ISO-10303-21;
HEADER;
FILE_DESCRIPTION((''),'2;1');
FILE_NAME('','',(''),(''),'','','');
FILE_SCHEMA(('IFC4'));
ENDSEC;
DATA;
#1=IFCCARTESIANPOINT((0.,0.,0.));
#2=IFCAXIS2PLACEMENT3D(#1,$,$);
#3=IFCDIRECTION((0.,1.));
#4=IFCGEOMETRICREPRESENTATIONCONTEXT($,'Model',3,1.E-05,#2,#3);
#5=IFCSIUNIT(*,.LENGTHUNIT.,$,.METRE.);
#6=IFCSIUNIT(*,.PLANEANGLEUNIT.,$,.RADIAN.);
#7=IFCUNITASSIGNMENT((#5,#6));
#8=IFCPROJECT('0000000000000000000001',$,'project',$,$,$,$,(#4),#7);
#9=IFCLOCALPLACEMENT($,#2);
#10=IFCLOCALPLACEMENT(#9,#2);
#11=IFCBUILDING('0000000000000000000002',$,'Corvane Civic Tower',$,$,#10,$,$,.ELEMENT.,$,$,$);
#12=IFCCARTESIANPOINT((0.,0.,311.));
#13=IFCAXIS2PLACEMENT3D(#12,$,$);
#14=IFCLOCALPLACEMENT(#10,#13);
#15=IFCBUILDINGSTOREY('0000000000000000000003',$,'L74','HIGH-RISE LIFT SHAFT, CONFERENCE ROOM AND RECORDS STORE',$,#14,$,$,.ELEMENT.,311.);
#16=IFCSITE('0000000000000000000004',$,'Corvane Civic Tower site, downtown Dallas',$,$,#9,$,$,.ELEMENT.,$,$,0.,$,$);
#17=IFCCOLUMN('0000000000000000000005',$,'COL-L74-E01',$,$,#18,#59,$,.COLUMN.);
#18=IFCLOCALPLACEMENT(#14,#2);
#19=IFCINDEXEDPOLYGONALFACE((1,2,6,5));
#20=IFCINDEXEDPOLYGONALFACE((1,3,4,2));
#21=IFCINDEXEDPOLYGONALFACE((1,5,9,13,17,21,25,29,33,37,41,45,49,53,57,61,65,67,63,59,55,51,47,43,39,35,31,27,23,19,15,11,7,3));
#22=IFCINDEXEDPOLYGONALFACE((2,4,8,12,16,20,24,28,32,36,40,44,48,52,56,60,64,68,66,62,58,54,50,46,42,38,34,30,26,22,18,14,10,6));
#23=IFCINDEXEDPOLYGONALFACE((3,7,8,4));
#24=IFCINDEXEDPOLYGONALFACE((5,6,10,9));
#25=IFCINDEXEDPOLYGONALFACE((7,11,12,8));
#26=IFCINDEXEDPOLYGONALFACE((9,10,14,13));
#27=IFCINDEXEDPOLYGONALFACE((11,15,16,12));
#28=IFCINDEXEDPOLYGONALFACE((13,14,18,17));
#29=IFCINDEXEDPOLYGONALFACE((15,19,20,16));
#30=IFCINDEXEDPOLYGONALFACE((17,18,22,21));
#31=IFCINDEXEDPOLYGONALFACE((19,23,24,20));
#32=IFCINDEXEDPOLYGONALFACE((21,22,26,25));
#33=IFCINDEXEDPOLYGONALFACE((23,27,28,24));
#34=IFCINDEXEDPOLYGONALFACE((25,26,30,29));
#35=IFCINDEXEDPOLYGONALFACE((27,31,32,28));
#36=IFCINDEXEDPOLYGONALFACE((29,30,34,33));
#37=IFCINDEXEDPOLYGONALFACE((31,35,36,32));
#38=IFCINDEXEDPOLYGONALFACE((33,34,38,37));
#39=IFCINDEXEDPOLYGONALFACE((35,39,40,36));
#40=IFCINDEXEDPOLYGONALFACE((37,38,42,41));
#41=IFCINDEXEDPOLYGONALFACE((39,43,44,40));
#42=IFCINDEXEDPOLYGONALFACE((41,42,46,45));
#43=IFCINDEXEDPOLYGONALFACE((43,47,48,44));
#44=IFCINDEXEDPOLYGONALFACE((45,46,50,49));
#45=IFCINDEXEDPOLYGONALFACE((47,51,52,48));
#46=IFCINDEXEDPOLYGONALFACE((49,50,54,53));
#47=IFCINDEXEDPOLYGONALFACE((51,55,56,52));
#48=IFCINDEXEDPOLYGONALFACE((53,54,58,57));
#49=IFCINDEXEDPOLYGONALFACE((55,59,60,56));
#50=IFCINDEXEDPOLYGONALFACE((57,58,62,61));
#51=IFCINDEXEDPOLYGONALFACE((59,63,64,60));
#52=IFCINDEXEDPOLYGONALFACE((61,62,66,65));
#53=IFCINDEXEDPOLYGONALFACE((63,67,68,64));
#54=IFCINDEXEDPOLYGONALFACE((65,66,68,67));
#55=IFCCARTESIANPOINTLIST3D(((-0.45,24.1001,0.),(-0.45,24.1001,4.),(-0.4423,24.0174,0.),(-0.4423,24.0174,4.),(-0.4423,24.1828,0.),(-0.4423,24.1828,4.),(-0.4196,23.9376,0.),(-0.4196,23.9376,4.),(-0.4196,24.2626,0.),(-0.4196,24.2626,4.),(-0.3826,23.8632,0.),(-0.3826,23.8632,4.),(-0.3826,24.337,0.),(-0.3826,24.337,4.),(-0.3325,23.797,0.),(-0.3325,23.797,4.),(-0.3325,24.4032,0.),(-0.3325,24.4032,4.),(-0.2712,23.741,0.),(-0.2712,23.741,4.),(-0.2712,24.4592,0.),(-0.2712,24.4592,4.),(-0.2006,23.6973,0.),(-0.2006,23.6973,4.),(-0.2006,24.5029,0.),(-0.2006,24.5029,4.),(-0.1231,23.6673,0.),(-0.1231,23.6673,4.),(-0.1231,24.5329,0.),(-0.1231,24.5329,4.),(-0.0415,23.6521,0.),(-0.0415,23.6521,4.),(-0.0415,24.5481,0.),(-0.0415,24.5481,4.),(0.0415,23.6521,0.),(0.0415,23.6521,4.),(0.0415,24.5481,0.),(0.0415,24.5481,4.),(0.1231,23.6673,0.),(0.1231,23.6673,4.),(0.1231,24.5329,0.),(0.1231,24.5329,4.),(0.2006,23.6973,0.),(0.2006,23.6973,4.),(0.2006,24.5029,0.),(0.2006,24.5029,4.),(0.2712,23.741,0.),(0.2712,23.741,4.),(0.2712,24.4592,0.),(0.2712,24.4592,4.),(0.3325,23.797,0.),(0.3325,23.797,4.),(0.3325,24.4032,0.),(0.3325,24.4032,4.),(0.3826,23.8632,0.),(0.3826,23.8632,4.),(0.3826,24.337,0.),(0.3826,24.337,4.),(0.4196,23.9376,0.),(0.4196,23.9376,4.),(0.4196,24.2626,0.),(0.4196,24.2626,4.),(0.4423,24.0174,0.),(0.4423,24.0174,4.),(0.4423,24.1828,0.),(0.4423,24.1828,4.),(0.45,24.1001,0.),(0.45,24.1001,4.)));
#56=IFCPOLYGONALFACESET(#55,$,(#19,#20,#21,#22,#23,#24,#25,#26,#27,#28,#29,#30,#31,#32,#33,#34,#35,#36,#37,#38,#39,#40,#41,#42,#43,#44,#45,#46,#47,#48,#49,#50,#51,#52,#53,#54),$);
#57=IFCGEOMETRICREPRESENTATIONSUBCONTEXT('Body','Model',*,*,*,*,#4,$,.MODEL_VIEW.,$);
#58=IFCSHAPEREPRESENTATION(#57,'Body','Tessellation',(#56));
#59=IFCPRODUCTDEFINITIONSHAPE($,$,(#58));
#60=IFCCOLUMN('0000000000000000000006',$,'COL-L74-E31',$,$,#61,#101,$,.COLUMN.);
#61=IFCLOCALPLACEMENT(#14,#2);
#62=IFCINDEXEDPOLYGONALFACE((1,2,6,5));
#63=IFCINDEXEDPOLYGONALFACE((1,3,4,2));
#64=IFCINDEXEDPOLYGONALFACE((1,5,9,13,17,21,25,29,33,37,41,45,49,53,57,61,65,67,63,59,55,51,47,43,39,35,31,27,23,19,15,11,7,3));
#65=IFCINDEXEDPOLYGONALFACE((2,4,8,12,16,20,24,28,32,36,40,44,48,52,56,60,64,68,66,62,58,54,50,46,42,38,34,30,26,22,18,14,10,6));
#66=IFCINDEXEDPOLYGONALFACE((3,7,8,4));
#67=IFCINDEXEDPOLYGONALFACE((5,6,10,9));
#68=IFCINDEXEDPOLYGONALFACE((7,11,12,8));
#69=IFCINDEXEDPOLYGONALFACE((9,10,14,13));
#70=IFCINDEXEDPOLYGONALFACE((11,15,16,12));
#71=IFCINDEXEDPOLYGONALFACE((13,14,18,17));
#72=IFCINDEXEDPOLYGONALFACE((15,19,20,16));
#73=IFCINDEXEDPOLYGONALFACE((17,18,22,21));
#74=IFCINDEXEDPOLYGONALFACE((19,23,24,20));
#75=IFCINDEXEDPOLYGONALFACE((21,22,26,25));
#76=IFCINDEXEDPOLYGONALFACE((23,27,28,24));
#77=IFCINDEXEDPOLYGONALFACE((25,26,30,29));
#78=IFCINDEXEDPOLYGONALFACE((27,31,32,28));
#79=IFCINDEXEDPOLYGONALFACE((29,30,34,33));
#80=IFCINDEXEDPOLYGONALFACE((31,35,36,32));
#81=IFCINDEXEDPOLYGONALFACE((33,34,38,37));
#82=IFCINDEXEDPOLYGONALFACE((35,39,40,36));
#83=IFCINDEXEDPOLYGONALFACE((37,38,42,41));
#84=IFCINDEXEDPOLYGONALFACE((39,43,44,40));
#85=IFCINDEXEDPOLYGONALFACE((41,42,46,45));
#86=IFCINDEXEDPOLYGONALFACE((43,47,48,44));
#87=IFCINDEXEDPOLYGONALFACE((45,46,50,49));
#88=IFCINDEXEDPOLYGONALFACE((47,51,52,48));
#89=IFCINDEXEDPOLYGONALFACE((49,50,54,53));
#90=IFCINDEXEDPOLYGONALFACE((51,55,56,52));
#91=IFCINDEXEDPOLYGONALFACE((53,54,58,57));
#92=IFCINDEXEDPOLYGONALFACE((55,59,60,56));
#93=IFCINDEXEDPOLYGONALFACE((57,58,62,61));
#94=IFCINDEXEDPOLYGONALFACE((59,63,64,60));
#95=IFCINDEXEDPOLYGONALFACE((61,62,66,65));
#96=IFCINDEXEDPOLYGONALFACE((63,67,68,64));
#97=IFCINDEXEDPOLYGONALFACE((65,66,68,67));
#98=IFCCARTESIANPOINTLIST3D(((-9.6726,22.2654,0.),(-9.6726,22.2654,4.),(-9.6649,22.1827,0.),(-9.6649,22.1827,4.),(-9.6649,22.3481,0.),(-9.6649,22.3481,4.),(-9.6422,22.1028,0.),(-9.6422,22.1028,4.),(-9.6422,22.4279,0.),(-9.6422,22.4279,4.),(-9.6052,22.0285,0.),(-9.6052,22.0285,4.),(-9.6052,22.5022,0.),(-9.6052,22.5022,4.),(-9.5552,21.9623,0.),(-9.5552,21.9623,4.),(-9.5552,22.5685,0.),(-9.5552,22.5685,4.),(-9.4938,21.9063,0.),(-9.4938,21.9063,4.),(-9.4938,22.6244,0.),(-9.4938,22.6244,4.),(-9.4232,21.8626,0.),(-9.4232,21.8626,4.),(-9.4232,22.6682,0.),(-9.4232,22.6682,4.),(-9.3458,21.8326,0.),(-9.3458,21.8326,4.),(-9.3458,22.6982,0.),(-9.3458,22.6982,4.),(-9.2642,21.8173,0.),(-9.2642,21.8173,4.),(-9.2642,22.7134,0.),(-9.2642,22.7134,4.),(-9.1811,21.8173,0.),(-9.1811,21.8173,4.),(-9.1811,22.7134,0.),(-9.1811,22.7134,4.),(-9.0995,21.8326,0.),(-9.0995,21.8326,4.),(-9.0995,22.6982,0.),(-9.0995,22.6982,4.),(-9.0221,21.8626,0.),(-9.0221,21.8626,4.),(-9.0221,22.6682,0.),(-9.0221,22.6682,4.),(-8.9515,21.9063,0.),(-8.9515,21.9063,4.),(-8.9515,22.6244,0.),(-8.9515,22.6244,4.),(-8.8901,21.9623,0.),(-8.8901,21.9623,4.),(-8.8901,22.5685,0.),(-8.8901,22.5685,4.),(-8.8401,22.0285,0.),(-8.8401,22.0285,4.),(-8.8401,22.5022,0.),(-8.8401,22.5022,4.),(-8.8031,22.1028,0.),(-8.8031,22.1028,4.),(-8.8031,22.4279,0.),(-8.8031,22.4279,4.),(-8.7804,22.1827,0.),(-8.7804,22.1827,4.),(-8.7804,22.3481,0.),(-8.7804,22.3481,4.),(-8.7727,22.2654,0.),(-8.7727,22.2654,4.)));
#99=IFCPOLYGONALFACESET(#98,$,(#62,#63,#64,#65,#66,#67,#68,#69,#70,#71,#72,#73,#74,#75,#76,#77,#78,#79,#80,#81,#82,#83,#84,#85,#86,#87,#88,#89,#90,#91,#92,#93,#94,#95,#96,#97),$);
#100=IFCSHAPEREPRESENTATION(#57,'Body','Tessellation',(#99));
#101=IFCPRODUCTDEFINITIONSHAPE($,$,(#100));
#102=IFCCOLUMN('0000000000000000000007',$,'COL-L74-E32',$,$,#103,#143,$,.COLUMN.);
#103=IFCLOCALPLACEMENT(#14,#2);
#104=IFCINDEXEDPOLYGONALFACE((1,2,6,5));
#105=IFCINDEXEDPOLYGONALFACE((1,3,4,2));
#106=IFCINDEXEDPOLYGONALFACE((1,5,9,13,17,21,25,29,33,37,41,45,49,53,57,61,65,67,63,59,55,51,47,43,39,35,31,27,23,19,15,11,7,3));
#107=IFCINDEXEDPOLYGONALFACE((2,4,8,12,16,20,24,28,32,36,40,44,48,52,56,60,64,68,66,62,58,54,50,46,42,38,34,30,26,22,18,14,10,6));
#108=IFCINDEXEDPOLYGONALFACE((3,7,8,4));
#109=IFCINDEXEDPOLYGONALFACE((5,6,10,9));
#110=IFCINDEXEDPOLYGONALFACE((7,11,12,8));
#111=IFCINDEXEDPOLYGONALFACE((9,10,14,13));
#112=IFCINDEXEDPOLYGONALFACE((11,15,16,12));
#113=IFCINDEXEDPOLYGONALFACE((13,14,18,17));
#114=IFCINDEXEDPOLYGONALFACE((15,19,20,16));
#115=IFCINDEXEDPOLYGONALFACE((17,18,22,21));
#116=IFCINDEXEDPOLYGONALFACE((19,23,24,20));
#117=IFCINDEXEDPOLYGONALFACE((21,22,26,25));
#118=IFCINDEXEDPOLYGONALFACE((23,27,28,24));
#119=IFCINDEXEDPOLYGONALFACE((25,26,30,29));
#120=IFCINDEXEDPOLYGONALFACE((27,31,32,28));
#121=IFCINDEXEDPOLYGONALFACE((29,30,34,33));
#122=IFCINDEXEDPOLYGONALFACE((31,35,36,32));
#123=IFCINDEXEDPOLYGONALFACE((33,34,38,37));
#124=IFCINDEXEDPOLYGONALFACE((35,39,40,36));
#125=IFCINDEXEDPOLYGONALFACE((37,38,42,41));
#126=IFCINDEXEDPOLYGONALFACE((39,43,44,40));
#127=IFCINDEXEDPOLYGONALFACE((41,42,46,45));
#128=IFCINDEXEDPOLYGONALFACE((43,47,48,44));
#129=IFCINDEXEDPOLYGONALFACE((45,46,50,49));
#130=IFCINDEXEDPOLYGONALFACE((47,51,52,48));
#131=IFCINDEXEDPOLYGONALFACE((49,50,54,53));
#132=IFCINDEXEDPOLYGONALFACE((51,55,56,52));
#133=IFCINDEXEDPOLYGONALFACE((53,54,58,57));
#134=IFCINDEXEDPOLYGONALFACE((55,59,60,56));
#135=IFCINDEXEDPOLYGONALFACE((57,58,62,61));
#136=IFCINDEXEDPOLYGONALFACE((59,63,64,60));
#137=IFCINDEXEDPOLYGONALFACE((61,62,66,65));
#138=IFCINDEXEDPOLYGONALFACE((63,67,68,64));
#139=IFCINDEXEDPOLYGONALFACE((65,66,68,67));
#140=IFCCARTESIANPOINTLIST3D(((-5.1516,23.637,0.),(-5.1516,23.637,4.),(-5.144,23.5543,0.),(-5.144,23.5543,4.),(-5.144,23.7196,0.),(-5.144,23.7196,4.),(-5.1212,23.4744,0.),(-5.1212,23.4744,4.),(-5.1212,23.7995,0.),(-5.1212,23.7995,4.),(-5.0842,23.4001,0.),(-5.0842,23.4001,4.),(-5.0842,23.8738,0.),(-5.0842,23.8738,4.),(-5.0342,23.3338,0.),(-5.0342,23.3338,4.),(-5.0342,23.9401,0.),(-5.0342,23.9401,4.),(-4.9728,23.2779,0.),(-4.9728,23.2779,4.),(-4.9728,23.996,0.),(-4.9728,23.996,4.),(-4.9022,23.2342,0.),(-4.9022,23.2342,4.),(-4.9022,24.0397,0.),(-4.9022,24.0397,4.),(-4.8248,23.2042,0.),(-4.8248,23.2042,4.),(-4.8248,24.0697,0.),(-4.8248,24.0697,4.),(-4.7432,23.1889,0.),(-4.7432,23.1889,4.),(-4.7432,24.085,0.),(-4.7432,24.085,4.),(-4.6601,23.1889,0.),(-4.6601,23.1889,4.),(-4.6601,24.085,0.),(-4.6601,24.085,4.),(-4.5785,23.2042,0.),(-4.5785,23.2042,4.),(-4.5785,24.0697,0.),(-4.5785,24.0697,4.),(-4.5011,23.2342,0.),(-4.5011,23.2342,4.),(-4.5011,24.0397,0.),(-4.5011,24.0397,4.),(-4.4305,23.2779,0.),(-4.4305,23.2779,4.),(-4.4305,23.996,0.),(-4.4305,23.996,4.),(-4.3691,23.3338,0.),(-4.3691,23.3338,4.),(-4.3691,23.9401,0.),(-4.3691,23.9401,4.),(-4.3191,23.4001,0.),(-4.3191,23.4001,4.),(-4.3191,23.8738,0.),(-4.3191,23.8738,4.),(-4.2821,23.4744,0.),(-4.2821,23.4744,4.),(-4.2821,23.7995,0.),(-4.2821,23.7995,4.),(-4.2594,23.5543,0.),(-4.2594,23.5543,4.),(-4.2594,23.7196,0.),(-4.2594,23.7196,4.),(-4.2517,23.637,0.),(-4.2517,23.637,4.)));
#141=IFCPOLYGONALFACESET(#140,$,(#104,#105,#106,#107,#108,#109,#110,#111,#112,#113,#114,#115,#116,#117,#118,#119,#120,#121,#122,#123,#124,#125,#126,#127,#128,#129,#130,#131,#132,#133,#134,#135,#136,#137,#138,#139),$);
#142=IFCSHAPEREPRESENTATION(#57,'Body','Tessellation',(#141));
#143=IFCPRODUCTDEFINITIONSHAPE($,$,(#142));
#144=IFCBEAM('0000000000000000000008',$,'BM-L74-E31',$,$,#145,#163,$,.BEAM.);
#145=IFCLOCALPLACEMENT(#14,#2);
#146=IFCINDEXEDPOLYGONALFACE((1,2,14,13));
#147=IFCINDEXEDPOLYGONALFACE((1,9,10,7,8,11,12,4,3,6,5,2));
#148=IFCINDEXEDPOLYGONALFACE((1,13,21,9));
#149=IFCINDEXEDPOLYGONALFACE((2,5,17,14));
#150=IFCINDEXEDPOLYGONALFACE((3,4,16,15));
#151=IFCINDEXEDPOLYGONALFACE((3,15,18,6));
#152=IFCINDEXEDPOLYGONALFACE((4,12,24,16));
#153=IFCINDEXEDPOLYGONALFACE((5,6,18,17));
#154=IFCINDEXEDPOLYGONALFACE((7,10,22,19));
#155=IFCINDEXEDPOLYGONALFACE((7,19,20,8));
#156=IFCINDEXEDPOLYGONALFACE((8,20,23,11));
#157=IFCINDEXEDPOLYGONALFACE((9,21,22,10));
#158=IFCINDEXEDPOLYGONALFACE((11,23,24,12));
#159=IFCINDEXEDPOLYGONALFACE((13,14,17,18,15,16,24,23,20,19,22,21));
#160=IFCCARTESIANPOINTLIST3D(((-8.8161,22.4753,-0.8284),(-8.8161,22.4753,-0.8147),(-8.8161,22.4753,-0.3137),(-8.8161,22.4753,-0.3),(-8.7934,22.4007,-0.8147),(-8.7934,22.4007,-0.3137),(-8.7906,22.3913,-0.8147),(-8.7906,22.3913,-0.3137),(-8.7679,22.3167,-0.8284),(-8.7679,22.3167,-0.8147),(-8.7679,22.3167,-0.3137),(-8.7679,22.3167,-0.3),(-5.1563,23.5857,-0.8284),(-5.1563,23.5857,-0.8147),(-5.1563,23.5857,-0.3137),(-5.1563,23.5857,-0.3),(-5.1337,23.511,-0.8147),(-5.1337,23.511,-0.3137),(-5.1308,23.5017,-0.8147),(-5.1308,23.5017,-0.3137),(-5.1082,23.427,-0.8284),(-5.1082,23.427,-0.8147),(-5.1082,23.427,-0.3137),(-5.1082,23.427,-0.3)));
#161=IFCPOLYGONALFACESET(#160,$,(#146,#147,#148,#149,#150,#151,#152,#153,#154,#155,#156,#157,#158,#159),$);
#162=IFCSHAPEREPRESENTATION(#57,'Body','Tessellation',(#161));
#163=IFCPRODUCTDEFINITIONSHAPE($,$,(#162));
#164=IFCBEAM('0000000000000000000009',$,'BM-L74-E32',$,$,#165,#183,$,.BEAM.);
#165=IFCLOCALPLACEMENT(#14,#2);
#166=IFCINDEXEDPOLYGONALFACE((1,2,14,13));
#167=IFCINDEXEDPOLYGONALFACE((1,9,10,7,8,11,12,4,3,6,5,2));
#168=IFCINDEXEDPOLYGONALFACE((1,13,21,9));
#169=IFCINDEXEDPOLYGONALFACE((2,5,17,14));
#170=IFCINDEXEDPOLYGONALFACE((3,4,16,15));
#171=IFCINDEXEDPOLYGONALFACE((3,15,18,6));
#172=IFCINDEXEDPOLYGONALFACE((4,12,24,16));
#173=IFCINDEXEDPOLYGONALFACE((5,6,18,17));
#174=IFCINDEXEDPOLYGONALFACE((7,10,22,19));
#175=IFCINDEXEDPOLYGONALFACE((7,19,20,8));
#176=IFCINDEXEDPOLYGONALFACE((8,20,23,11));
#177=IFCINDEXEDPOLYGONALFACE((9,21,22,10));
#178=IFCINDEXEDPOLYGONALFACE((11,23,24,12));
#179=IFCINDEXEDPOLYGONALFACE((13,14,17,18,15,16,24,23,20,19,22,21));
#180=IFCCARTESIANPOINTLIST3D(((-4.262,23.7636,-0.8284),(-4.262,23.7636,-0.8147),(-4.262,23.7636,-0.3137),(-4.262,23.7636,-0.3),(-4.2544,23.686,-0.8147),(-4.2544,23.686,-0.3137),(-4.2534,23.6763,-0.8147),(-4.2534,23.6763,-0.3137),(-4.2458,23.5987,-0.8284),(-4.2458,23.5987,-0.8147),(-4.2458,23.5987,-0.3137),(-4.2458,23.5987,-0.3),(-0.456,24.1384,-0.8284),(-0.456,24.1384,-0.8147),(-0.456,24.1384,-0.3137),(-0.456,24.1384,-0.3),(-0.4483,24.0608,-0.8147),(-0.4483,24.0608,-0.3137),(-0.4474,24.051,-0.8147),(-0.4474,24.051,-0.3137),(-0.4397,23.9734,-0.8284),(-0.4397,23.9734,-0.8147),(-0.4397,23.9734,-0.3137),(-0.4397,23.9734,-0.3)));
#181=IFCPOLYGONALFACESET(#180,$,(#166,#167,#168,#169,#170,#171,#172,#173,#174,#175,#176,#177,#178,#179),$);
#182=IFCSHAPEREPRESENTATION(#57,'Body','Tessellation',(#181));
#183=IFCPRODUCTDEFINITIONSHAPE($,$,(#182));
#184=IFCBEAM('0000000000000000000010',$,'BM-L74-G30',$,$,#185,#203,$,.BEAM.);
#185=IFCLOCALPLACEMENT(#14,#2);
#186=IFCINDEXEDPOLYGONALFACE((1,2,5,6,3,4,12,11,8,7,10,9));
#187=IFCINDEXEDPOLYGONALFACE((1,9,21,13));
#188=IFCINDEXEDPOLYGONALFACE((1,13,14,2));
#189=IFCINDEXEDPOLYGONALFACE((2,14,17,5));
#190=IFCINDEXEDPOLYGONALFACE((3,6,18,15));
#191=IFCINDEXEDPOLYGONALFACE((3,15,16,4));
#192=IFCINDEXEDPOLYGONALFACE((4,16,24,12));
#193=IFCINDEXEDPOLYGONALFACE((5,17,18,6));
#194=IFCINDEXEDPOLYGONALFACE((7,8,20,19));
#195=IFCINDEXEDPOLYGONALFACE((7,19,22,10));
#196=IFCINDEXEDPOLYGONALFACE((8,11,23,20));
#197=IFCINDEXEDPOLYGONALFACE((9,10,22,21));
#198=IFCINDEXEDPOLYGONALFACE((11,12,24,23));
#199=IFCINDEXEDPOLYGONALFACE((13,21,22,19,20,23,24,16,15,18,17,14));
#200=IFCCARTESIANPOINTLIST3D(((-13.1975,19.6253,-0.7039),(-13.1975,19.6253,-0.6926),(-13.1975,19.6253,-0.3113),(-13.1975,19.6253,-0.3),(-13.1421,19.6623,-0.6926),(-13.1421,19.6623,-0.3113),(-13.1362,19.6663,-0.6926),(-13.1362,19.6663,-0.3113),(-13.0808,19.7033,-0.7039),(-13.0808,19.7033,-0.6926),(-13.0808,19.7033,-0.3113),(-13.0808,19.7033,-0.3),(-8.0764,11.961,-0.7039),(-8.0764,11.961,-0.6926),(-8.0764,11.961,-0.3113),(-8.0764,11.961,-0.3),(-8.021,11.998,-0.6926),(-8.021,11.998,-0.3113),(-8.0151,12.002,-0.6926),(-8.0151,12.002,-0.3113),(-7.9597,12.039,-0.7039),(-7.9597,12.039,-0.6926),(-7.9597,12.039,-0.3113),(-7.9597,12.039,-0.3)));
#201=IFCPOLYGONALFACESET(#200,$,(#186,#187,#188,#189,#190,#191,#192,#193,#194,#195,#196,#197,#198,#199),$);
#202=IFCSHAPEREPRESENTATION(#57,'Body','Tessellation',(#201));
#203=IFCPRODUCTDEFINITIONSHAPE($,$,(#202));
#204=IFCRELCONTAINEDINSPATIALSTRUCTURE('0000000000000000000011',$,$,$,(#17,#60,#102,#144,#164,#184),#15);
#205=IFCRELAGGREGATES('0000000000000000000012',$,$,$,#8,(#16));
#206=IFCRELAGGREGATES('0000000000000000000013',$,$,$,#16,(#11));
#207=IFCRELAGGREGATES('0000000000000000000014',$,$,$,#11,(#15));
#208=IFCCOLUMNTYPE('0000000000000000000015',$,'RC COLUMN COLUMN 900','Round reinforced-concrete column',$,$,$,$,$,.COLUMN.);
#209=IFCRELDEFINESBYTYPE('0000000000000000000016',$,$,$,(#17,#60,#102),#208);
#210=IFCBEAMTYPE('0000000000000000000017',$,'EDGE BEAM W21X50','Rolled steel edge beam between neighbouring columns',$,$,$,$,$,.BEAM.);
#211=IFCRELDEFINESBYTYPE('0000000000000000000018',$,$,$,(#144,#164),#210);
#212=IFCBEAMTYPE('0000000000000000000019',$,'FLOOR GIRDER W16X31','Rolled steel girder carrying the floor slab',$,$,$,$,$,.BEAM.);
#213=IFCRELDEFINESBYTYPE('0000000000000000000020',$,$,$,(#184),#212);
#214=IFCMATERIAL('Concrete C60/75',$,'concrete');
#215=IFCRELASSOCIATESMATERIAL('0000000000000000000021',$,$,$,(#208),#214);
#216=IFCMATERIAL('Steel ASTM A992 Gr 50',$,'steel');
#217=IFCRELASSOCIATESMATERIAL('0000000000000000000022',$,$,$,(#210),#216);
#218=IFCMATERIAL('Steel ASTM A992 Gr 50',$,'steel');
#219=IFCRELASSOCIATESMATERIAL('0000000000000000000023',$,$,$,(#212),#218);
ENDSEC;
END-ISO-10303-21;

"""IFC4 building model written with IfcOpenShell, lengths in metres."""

from ifc_helpers import new_model, si_unit, direction, frame, origin, origin_2d, place, context, subcontext, project, spatial, circle, i_section, extrude, material, material_profile, profile_set, type_object, element, save


model = new_model("IFC4")

# Units and contexts
model_context = context("Model", 3, precision=1e-05, world=origin(), true_north=direction((0.0, 1.0)))
body_context = subcontext(model_context, "Body", "Model", "MODEL_VIEW")
ifc_project = project(units=[si_unit("LENGTHUNIT", "METRE"), si_unit("PLANEANGLEUNIT", "RADIAN")], contexts=[model_context])

# Site, building, storey
site_placement = place(None, origin())
site = spatial("IfcSite", under=ifc_project, at=site_placement, Name="Corvane Civic Tower site, downtown Dallas", CompositionType="ELEMENT", RefElevation=0.0)
building_placement = place(site_placement, origin())
building = spatial("IfcBuilding", under=site, at=building_placement, Name="Corvane Civic Tower", CompositionType="ELEMENT")
storey_placement = place(building_placement, frame((0.0, 0.0, 311.0)))
storey = spatial("IfcBuildingStorey", under=building, at=storey_placement, Name="L74", Description="HIGH-RISE LIFT SHAFT, CONFERENCE ROOM AND RECORDS STORE", CompositionType="ELEMENT", Elevation=311.0)

# Columns
ifc_material_1 = material(Name="Concrete C60/75", Category="concrete")
ifc_material_profile_1 = material_profile(ifc_material_1, circle(Radius=0.45, at=origin_2d()), Name="COLUMN 900")
ifc_profile_set_1 = profile_set([ifc_material_profile_1], Name="Concrete C60/75")
column_type = type_object("IfcColumnType", Name="RC COLUMN COLUMN 900", Description="Round reinforced-concrete column", PredefinedType="COLUMN", material=ifc_profile_set_1)
for number, where, z_axis, x_axis, name in (
    (1, (0.0, 24.1001, 0.0), (0.0, 0.0, 1.0), (1.0, 0.0, 0.0), "COL-L74-E01"),
    (2, (-9.2227, 22.2654, 0.0), (0.0, 0.0, 1.0), (1.0, 0.0, 0.0), "COL-L74-E31"),
    (3, (-4.7017, 23.637, 0.0), (0.0, 0.0, 1.0), (1.0, 0.0, 0.0), "COL-L74-E32"),
):
    element("IfcColumn", number, at=place(storey_placement, frame(where, z_axis=z_axis, x_axis=x_axis)), inside=storey, type_object=column_type, Name=name, PredefinedType="COLUMN", context=body_context, shape_type="SweptSolid", body=[
        extrude(circle(Radius=0.45, at=origin_2d()), origin(), (0.0, 0.0, 1.0), 4.0),
    ])

# Beams
ifc_material_2 = material(Name="Steel ASTM A992 Gr 50", Category="steel")
ifc_material_profile_2 = material_profile(ifc_material_2, i_section(OverallWidth=0.1658, OverallDepth=0.5283, WebThickness=0.0098, FlangeThickness=0.0137, at=origin_2d()), Name="W21X50")
ifc_profile_set_2 = profile_set([ifc_material_profile_2], Name="Steel ASTM A992 Gr 50")
beam_type_1 = type_object("IfcBeamType", Name="EDGE BEAM W21X50", Description="Rolled steel edge beam between neighbouring columns", PredefinedType="BEAM", material=ifc_profile_set_2)
for number, where, z_axis, x_axis, name in (
    (4, (-8.792, 22.396, -0.5642), (0.956926, 0.290333, 0.0), (-0.290333, 0.956926, 0.0), "BM-L74-E31"),
    (5, (-4.2539, 23.6812, -0.5642), (0.995188, 0.097987, 0.0), (-0.097987, 0.995188, 0.0), "BM-L74-E32"),
):
    element("IfcBeam", number, at=place(storey_placement, frame(where, z_axis=z_axis, x_axis=x_axis)), inside=storey, type_object=beam_type_1, Name=name, PredefinedType="BEAM", context=body_context, shape_type="SweptSolid", body=[
        extrude(i_section(OverallWidth=0.1658, OverallDepth=0.5283, WebThickness=0.0098, FlangeThickness=0.0137, at=origin_2d()), origin(), (0.0, 0.0, 1.0), 3.8245),
    ])
ifc_material_3 = material(Name="Steel ASTM A992 Gr 50", Category="steel")
ifc_material_profile_3 = material_profile(ifc_material_3, i_section(OverallWidth=0.1404, OverallDepth=0.4038, WebThickness=0.0071, FlangeThickness=0.0112, at=origin_2d()), Name="W16X31")
ifc_profile_set_3 = profile_set([ifc_material_profile_3], Name="Steel ASTM A992 Gr 50")
beam_type_2 = type_object("IfcBeamType", Name="FLOOR GIRDER W16X31", Description="Rolled steel girder carrying the floor slab", PredefinedType="BEAM", material=ifc_profile_set_3)
beam_1_placement = place(storey_placement, frame((-8.0181, 12.0, -0.502), z_axis=(-0.555568, 0.831471, 0.0), x_axis=(-0.831471, -0.555568, 0.0)))
element("IfcBeam", 6, at=beam_1_placement, inside=storey, type_object=beam_type_2, Name="BM-L74-G30", PredefinedType="BEAM", context=body_context, shape_type="SweptSolid", body=[
    extrude(i_section(OverallWidth=0.1404, OverallDepth=0.4038, WebThickness=0.0071, FlangeThickness=0.0112, at=origin_2d()), origin(), (0.0, 0.0, 1.0), 9.2178),
])

save(model, "model.ifc")
